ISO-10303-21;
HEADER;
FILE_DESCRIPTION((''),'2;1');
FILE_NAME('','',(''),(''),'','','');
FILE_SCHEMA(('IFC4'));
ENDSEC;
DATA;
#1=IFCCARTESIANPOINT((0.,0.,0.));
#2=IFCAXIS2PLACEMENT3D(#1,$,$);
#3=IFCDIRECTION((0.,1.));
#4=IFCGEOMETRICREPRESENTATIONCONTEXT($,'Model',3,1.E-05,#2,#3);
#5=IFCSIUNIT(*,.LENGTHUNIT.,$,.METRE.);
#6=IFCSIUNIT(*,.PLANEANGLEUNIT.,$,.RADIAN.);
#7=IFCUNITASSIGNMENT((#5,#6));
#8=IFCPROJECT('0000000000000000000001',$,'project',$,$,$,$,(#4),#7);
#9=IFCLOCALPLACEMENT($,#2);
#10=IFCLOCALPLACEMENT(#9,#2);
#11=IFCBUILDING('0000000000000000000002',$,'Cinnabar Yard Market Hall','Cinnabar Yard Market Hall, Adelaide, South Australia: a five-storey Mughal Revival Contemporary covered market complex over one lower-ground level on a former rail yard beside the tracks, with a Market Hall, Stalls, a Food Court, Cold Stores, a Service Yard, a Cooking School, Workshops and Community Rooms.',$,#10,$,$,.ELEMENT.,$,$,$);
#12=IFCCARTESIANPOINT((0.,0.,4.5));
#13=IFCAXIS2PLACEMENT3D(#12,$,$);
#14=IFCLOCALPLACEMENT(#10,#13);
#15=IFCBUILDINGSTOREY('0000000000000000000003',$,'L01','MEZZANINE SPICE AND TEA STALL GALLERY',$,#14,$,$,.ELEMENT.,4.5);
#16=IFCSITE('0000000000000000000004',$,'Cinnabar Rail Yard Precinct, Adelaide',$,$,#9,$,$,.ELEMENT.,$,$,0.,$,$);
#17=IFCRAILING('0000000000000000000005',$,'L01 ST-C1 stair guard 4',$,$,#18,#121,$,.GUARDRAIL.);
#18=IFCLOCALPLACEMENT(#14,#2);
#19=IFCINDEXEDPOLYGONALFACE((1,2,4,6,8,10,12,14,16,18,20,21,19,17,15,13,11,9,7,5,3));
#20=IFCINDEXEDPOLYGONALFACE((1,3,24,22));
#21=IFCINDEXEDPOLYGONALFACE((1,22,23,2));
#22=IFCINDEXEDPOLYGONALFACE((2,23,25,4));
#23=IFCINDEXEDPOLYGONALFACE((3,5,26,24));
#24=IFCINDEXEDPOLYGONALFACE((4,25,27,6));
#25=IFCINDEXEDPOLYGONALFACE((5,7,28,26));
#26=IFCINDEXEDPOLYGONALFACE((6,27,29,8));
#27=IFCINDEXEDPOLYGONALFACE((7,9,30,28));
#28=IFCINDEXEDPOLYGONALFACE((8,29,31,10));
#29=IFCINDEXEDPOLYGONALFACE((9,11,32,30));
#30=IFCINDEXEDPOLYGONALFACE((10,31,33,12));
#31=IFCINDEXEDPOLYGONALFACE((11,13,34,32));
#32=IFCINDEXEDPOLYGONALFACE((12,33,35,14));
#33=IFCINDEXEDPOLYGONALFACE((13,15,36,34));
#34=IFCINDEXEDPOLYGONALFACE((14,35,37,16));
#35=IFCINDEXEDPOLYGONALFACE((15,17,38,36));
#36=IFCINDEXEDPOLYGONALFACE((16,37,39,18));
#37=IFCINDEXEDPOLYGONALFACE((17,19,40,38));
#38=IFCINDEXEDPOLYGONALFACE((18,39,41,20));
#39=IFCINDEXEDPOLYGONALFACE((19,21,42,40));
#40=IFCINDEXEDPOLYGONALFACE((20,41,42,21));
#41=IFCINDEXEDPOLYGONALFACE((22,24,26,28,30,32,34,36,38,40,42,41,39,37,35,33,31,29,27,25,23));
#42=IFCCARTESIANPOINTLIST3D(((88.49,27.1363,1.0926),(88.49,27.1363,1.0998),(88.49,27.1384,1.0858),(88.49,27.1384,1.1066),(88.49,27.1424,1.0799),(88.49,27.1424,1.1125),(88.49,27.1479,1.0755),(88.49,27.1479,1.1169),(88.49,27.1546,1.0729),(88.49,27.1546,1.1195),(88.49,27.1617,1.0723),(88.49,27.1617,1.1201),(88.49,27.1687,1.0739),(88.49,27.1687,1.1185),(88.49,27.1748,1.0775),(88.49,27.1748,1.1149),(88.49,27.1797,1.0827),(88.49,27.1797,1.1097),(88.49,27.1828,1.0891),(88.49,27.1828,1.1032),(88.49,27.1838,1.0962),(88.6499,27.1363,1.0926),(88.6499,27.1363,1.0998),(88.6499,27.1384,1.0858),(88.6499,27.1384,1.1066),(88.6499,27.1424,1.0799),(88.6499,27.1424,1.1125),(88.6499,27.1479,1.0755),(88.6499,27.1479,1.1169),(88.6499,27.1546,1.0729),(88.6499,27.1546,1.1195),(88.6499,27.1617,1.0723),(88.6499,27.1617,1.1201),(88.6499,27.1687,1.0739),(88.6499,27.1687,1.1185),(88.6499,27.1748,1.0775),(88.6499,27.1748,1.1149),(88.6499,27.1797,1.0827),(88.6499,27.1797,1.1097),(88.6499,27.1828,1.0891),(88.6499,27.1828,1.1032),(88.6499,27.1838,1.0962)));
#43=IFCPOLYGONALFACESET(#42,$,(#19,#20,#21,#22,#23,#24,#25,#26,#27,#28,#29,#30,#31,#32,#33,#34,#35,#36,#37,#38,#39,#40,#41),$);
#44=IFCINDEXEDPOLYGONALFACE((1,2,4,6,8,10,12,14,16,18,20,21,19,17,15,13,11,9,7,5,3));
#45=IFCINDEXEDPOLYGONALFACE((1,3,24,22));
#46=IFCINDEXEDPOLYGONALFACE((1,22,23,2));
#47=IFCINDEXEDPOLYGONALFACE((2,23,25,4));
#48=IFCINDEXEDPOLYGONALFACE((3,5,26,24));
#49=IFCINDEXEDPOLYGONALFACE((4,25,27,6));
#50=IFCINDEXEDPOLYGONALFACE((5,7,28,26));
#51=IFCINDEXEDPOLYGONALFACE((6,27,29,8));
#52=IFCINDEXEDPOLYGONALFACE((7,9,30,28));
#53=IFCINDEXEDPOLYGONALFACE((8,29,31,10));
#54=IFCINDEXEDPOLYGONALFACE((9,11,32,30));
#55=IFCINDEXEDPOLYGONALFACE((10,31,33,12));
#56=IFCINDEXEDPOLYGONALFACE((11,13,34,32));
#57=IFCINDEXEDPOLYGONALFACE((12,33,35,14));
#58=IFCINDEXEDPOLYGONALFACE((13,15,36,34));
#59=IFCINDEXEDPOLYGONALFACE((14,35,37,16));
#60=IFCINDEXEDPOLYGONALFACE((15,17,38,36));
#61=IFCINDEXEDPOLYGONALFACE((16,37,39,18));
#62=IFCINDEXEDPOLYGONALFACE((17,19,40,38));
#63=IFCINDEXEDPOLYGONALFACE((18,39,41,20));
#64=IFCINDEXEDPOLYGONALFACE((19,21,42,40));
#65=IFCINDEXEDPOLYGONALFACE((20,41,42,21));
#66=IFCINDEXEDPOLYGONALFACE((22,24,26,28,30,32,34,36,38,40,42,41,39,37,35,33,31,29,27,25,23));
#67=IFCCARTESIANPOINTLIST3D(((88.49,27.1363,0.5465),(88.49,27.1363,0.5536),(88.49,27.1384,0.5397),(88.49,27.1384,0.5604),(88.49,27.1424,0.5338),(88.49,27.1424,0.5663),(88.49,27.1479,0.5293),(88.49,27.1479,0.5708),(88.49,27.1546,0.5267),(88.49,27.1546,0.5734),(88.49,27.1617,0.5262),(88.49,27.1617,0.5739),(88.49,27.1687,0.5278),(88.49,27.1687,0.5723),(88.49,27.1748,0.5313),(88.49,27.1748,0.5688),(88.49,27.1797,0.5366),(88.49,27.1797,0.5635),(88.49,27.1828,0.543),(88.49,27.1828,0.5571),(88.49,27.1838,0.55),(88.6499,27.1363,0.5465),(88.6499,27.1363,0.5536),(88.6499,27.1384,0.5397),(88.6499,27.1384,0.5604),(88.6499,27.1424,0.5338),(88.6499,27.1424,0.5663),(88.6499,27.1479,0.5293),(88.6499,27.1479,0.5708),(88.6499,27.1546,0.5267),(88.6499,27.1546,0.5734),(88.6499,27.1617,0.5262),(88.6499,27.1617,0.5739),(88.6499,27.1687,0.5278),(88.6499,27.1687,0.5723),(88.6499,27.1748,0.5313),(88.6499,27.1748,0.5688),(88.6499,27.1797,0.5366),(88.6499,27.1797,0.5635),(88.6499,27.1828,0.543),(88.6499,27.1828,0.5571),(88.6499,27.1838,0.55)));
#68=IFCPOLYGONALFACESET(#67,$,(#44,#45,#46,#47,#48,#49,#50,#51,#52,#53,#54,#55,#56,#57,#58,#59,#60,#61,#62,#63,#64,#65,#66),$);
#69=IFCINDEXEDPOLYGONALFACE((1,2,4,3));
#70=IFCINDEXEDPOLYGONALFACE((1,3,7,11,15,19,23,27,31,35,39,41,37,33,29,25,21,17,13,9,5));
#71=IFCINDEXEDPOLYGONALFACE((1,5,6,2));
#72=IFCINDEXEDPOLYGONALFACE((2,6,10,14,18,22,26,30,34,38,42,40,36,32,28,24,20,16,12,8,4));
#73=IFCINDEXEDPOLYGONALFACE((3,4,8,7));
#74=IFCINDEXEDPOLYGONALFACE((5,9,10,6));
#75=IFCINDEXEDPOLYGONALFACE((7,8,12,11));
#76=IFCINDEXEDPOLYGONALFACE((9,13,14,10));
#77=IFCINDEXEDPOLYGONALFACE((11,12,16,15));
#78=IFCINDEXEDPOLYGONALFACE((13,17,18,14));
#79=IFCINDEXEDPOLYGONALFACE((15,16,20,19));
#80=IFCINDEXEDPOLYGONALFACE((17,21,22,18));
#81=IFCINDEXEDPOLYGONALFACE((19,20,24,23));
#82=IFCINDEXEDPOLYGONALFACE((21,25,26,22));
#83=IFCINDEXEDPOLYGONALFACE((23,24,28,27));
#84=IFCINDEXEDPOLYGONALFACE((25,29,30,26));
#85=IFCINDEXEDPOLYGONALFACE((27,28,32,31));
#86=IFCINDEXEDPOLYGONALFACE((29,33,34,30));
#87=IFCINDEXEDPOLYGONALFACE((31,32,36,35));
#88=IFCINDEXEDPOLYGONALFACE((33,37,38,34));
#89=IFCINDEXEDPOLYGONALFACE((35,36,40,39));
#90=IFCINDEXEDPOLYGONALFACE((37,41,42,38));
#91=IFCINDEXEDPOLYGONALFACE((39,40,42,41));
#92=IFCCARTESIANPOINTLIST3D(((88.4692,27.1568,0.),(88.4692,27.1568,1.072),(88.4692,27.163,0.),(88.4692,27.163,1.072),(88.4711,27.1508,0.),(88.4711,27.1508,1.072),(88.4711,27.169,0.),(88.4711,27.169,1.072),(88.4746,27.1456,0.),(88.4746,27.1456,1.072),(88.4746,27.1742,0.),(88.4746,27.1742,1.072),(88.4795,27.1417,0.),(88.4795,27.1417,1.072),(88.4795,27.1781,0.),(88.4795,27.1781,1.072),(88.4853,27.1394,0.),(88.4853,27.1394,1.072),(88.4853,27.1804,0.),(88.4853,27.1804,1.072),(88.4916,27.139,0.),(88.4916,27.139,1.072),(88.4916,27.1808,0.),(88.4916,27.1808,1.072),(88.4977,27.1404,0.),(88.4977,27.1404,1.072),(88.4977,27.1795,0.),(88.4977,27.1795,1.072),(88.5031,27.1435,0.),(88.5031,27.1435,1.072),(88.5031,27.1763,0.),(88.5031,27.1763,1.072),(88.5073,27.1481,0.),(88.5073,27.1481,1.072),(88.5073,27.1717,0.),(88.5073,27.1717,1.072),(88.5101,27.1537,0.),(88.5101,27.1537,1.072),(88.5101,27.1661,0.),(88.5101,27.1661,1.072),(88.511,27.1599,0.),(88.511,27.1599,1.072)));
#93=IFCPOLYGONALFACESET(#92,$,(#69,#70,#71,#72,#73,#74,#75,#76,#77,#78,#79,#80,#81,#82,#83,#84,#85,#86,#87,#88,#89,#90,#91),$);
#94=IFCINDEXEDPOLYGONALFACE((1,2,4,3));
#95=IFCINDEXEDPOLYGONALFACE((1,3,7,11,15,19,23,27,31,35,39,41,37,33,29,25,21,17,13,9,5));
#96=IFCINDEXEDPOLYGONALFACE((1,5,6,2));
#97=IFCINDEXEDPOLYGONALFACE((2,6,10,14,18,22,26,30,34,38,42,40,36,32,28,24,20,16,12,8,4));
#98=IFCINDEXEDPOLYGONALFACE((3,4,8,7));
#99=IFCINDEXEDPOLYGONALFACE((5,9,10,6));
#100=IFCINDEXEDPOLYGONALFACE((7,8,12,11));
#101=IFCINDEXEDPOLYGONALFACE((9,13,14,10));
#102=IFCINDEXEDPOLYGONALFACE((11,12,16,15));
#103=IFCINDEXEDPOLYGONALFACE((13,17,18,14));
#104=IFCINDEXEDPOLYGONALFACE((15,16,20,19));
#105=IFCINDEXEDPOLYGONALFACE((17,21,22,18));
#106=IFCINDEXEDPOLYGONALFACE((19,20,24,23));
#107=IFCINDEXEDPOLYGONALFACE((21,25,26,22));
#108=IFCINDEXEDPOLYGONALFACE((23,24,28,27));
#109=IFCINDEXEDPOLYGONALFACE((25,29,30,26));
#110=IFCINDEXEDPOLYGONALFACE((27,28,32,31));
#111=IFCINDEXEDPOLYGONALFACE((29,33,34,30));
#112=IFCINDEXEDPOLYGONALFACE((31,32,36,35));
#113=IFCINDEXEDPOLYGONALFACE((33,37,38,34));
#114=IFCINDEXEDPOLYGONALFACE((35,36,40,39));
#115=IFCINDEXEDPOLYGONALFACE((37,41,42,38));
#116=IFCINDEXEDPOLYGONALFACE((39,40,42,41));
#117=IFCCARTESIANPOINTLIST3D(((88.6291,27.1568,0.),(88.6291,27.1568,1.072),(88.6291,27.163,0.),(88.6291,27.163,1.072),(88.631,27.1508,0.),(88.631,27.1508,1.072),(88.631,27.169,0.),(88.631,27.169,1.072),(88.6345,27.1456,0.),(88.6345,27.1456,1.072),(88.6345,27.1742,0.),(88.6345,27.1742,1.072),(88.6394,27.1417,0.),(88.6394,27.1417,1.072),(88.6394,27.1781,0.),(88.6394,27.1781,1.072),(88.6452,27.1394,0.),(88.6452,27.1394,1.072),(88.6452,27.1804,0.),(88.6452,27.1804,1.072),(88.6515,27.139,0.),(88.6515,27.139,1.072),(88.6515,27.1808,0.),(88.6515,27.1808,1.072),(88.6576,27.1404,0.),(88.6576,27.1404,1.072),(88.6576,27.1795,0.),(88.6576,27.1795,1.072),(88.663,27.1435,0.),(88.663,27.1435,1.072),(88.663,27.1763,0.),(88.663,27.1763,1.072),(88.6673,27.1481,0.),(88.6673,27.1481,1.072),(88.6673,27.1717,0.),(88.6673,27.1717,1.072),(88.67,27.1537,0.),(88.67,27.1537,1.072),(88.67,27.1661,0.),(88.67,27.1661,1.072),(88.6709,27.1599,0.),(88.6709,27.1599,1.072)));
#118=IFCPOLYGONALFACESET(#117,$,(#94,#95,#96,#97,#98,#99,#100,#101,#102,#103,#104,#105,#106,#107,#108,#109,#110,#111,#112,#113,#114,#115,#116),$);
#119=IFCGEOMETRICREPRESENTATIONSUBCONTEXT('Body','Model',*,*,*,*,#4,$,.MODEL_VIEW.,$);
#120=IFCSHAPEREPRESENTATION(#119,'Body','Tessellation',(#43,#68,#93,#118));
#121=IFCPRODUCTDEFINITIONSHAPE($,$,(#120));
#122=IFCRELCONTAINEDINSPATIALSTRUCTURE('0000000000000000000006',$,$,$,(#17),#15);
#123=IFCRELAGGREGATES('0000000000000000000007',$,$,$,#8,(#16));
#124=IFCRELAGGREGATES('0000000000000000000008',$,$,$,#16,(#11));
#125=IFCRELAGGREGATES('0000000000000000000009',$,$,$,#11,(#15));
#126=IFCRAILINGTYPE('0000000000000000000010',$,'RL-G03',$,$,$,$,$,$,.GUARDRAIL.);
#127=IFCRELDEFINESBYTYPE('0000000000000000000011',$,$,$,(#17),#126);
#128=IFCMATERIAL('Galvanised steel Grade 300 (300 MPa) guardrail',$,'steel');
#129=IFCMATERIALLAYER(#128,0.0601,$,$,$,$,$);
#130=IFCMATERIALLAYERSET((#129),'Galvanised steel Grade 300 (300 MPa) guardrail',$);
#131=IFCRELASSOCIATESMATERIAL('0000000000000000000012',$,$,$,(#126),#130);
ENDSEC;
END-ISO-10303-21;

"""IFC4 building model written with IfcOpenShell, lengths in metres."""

from ifc_helpers import new_model, si_unit, direction, frame, origin, origin_2d_with_axis, place, context, subcontext, project, spatial, circle, extrude, material, layer, layer_set, type_object, element, save


model = new_model("IFC4")

# Units and contexts
model_context = context("Model", 3, precision=1e-05, world=origin(), true_north=direction((0.0, 1.0)))
body_context = subcontext(model_context, "Body", "Model", "MODEL_VIEW")
ifc_project = project(units=[si_unit("LENGTHUNIT", "METRE"), si_unit("PLANEANGLEUNIT", "RADIAN")], contexts=[model_context])

# Site, building, storey
site_placement = place(None, origin())
site = spatial("IfcSite", under=ifc_project, at=site_placement, Name="Cinnabar Rail Yard Precinct, Adelaide", CompositionType="ELEMENT", RefElevation=0.0)
building_placement = place(site_placement, origin())
building = spatial("IfcBuilding", under=site, at=building_placement, Name="Cinnabar Yard Market Hall", Description="Cinnabar Yard Market Hall, Adelaide, South Australia: a five-storey Mughal Revival Contemporary covered market complex over one lower-ground level on a former rail yard beside the tracks, with a Market Hall, Stalls, a Food Court, Cold Stores, a Service Yard, a Cooking School, Workshops and Community Rooms.", CompositionType="ELEMENT")
storey_placement = place(building_placement, frame((0.0, 0.0, 4.5)))
storey = spatial("IfcBuildingStorey", under=building, at=storey_placement, Name="L01", Description="MEZZANINE SPICE AND TEA STALL GALLERY", CompositionType="ELEMENT", Elevation=4.5)

# Railing
ifc_material_1 = material(Name="Galvanised steel Grade 300 (300 MPa) guardrail", Category="steel")
ifc_layer_1 = layer(ifc_material_1, 0.0601)
ifc_layer_set_1 = layer_set([ifc_layer_1], Name="Galvanised steel Grade 300 (300 MPa) guardrail")
railing_type_1 = type_object("IfcRailingType", Name="RL-G03", PredefinedType="GUARDRAIL", material=ifc_layer_set_1)
railing_1_placement = place(storey_placement, frame((88.49, 27.1599, 0.0)))
element("IfcRailing", 1, at=railing_1_placement, inside=storey, type_object=railing_type_1, Name="L01 ST-C1 stair guard 4", PredefinedType="GUARDRAIL", context=body_context, shape_type="SweptSolid", body=[
    extrude(circle(Radius=0.0239, at=origin_2d_with_axis()), frame((0.0, 0.0, 1.0962), z_axis=(1.0, 0.0, 0.0), x_axis=(0.0, 1.0, 0.0)), (0.0, 0.0, 1.0), 0.1599),
    extrude(circle(Radius=0.0239, at=origin_2d_with_axis()), frame((0.0, 0.0, 0.55), z_axis=(1.0, 0.0, 0.0), x_axis=(0.0, 1.0, 0.0)), (0.0, 0.0, 1.0), 0.1599),
    extrude(circle(Radius=0.021, at=origin_2d_with_axis()), origin(), (0.0, 0.0, 1.0), 1.072),
    extrude(circle(Radius=0.021, at=origin_2d_with_axis()), frame((0.1599, 0.0, 0.0)), (0.0, 0.0, 1.0), 1.072),
])

save(model, "model.ifc")
